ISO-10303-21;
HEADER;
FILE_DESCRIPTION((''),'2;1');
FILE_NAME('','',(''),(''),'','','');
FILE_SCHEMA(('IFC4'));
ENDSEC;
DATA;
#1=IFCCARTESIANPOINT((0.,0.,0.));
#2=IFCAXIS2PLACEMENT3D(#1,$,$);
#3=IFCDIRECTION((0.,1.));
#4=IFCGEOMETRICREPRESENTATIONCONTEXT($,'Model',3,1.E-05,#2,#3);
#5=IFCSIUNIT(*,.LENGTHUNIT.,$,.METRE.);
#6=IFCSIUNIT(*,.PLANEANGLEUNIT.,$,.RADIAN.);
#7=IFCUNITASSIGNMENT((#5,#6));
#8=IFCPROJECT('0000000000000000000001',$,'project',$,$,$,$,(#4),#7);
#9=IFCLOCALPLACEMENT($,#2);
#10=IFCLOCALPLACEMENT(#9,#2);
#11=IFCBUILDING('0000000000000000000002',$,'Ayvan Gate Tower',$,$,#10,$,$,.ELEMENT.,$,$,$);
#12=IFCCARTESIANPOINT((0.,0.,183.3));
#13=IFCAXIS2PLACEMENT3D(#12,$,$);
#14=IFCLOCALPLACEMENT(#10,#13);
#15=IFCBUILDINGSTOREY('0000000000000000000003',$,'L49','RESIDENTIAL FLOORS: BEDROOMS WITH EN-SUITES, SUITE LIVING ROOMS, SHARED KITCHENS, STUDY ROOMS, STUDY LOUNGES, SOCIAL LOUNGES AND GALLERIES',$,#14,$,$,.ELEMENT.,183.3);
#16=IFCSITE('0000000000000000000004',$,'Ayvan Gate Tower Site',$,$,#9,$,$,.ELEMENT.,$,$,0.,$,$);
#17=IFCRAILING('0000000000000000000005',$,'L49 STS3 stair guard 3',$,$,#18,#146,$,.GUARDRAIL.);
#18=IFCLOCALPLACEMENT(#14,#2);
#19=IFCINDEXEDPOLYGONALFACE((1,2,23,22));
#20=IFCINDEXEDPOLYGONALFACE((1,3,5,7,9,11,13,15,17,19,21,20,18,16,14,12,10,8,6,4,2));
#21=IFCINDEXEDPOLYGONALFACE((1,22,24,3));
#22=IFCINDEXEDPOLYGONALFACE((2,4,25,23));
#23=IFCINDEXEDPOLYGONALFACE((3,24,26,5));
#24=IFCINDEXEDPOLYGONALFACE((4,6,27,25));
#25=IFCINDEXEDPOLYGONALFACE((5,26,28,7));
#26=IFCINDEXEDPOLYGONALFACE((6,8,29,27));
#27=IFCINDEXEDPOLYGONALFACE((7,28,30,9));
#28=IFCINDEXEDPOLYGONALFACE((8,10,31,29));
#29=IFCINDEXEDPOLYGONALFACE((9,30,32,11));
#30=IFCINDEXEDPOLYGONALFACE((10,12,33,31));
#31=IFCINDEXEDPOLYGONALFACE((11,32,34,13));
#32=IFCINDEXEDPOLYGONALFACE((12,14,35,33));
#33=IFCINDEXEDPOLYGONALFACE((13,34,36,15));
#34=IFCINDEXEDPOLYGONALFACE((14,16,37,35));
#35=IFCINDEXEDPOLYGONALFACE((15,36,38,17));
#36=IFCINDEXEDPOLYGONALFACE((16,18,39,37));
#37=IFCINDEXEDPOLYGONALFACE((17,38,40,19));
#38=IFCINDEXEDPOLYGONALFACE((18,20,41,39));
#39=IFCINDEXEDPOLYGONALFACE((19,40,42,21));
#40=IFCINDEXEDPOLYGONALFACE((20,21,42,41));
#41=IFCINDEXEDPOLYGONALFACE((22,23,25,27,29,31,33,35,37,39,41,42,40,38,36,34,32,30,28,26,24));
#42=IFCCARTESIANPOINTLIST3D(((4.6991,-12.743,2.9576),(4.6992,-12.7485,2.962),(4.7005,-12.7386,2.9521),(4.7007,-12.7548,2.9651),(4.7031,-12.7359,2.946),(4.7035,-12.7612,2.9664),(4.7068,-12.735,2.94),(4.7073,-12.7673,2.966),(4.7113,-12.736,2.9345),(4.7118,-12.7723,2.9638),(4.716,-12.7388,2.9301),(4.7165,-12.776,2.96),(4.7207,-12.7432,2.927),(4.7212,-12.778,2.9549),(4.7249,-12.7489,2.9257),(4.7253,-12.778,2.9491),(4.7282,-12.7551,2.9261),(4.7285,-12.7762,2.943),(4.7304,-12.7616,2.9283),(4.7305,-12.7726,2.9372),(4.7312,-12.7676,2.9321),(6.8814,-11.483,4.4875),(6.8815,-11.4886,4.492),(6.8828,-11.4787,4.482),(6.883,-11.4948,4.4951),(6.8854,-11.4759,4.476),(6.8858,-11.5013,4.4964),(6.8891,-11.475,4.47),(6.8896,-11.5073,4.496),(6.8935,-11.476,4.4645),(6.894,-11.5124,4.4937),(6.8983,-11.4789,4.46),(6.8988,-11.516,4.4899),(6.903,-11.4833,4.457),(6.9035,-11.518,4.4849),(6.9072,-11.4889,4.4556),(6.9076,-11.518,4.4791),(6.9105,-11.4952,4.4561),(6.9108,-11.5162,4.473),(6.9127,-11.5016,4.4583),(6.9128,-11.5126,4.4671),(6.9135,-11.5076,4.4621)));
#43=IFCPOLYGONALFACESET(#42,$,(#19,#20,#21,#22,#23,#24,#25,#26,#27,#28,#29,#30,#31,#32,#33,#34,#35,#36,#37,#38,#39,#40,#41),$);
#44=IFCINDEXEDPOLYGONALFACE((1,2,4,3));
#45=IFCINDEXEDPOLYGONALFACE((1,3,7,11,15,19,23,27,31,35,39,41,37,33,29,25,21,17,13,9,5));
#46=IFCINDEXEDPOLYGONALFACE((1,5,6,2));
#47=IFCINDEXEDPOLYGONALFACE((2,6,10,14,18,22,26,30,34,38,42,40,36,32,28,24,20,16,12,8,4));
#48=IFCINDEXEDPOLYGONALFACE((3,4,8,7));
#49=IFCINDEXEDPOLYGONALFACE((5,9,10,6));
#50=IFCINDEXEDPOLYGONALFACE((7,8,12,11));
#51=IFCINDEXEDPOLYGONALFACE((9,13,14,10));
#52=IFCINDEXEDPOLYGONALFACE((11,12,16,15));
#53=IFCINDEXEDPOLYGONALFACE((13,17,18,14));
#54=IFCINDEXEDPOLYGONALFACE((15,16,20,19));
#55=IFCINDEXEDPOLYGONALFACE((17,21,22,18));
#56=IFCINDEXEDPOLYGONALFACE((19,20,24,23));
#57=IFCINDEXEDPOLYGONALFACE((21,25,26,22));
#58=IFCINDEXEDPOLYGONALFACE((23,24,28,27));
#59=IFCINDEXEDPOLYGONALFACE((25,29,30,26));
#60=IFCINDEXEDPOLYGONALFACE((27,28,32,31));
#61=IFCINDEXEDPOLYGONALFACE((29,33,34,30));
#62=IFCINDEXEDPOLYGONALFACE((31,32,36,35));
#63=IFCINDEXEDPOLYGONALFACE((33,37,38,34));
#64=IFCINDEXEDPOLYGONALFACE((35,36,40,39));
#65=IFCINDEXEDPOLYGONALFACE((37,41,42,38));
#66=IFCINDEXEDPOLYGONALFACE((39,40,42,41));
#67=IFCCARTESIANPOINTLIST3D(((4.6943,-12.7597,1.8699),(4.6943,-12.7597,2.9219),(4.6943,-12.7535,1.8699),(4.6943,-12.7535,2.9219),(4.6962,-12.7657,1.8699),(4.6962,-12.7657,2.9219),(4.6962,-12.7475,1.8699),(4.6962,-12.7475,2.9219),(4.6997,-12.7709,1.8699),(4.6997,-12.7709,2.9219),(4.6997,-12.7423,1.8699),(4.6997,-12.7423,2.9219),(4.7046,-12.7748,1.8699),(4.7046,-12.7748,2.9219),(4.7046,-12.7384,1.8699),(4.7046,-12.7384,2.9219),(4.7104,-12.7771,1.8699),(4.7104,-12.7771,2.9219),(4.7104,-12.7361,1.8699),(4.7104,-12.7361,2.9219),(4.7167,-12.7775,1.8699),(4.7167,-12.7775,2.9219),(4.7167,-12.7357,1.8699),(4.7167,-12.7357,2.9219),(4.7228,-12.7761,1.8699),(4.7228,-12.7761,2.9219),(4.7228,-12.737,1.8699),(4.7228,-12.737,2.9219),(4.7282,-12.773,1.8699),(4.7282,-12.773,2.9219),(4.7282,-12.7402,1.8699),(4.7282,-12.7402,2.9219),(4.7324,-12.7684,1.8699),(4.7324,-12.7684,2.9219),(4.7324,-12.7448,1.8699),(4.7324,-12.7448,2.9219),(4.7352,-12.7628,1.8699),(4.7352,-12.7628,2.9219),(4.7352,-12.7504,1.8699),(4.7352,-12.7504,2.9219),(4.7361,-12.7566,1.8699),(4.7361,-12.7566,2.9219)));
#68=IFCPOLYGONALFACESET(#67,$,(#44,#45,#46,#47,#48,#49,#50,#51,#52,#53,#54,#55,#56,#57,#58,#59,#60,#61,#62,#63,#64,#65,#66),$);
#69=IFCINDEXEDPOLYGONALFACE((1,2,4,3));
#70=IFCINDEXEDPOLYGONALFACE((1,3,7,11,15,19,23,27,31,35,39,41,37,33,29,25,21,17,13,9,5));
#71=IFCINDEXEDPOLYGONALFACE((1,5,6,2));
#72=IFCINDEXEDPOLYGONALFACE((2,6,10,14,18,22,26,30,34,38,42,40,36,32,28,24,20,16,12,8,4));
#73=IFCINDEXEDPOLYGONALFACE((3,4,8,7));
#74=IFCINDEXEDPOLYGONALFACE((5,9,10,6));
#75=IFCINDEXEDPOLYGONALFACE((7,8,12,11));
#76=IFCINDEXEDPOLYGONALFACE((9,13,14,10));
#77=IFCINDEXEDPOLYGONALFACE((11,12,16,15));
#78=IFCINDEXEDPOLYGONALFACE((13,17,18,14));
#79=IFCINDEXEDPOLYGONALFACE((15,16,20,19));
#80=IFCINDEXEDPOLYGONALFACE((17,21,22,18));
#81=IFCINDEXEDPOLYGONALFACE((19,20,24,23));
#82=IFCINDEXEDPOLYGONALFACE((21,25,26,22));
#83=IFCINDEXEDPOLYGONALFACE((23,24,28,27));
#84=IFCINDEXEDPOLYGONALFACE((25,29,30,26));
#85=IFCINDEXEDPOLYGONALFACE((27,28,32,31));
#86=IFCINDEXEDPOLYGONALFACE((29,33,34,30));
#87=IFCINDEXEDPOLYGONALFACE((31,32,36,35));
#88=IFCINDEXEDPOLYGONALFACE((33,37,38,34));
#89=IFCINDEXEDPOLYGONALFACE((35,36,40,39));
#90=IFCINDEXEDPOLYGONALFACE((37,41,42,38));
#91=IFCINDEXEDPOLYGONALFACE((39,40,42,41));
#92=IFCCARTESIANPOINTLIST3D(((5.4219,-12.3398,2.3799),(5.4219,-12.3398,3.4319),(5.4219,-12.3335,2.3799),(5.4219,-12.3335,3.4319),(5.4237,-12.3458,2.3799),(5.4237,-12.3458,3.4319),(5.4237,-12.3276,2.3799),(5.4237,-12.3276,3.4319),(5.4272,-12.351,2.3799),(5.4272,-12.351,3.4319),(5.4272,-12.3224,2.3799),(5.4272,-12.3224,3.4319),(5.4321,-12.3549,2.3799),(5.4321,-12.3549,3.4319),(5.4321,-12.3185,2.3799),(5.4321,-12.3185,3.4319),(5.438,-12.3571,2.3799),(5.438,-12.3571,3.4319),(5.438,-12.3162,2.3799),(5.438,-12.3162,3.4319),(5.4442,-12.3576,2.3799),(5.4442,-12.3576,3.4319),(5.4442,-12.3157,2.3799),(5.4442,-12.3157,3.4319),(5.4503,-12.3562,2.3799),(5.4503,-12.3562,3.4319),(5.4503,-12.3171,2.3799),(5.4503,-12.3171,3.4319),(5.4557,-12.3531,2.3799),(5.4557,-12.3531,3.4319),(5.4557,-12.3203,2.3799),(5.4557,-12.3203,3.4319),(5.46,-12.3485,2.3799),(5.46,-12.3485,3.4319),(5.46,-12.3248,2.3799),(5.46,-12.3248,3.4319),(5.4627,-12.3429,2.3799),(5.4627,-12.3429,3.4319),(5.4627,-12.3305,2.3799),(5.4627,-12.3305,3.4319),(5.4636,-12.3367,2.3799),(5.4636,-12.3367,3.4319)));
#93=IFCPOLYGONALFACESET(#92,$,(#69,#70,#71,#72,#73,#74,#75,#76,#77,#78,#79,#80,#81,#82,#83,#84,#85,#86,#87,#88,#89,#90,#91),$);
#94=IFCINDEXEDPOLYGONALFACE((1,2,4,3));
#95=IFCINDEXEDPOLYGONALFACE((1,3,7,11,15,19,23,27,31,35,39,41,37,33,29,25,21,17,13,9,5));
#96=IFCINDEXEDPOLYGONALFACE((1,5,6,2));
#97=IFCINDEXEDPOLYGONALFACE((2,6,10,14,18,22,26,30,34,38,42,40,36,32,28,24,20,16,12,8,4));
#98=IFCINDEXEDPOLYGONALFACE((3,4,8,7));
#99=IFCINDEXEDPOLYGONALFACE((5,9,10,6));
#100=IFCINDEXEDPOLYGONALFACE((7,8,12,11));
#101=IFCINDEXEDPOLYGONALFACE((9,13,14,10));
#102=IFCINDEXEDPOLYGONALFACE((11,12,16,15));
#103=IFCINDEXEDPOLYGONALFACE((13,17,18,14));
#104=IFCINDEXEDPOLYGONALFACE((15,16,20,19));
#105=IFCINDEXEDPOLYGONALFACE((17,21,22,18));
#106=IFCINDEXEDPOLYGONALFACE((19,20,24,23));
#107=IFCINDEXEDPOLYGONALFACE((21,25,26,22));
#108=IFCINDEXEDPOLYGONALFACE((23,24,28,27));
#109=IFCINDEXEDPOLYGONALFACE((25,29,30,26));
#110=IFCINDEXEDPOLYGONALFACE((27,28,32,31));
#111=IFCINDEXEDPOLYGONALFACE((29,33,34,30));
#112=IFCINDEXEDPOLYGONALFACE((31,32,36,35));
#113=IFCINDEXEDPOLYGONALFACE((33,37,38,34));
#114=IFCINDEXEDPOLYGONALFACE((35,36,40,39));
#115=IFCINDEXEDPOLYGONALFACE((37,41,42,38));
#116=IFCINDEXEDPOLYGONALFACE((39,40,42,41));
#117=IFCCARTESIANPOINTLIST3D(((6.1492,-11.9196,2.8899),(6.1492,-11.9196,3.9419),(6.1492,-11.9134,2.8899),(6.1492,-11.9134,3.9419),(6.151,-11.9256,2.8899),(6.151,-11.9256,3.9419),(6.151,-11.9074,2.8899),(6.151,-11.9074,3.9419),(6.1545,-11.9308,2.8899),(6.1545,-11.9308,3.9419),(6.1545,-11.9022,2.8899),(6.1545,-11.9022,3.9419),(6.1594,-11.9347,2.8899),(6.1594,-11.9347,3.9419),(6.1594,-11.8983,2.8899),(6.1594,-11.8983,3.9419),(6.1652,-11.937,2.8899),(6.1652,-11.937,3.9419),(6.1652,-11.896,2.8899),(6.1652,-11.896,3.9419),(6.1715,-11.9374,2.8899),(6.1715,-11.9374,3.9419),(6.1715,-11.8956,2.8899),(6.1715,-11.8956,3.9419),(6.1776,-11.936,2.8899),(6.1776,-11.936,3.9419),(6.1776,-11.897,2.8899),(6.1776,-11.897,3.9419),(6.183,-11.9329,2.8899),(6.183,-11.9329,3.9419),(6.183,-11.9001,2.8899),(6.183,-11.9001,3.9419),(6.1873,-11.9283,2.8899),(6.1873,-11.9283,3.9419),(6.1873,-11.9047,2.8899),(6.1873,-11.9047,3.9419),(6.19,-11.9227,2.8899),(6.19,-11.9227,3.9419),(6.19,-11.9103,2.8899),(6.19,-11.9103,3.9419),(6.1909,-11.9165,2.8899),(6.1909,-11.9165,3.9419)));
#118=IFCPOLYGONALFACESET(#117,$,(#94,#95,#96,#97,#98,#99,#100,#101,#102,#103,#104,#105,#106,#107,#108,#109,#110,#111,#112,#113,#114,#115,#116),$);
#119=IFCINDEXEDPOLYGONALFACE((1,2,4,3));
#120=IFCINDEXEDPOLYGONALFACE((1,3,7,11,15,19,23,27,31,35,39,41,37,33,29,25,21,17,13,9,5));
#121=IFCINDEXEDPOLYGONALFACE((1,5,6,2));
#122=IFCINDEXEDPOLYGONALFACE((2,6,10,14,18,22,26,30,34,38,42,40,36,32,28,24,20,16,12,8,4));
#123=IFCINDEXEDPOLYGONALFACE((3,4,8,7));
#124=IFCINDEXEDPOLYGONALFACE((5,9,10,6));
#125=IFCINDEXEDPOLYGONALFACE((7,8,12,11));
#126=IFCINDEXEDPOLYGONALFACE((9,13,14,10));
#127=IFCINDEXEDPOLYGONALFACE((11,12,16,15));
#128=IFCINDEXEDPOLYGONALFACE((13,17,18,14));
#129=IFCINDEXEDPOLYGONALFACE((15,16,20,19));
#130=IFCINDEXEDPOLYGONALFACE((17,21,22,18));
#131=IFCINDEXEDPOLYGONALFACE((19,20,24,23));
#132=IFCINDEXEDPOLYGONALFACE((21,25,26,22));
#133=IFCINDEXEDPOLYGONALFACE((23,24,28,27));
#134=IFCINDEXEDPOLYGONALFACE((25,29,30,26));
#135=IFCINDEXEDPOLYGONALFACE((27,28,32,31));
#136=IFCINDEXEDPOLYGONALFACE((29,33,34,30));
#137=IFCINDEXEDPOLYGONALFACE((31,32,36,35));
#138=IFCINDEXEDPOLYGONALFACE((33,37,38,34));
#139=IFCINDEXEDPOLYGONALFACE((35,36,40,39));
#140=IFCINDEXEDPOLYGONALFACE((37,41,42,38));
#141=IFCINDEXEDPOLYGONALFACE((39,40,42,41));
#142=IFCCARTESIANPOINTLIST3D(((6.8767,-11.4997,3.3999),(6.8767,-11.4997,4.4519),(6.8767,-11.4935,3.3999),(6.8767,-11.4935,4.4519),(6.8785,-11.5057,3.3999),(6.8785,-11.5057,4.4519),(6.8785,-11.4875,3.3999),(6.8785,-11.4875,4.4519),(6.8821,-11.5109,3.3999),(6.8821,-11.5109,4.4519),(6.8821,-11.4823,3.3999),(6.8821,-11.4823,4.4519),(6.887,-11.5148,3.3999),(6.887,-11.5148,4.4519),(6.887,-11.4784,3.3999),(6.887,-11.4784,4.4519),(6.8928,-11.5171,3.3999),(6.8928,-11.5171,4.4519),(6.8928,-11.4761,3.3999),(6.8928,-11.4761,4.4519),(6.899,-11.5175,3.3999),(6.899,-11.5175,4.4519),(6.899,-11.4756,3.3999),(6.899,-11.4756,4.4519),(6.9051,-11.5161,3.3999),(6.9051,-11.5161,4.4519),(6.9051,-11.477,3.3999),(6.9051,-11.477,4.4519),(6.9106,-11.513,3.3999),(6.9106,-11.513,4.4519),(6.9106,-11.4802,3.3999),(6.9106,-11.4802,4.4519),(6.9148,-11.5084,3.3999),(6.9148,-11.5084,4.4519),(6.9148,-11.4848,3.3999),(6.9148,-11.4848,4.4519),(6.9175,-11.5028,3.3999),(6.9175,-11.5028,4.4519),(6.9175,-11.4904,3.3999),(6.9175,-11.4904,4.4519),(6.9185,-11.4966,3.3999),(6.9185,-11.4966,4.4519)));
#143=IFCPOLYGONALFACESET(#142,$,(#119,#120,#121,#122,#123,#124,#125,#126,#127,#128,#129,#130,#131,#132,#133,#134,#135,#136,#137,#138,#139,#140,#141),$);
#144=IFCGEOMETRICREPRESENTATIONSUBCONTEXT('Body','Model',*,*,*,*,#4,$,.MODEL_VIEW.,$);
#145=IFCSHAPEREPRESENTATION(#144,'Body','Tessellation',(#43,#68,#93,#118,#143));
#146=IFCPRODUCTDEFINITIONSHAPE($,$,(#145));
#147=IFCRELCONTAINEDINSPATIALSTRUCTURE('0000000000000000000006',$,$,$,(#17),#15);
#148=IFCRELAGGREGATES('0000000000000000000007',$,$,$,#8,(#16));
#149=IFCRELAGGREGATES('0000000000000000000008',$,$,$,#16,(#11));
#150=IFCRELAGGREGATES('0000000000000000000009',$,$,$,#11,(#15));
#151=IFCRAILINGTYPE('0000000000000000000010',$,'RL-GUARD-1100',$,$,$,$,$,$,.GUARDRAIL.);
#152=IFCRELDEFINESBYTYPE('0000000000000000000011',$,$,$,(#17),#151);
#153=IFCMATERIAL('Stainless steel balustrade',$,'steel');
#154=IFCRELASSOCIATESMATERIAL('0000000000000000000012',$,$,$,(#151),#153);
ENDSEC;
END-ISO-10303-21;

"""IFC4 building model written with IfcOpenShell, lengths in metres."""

from ifc_helpers import new_model, si_unit, direction, frame, origin, origin_2d, place, context, subcontext, project, spatial, circle, extrude, material, type_object, element, save


model = new_model("IFC4")

# Units and contexts
model_context = context("Model", 3, precision=1e-05, world=origin(), true_north=direction((0.0, 1.0)))
body_context = subcontext(model_context, "Body", "Model", "MODEL_VIEW")
ifc_project = project(units=[si_unit("LENGTHUNIT", "METRE"), si_unit("PLANEANGLEUNIT", "RADIAN")], contexts=[model_context])

# Site, building, storey
site_placement = place(None, origin())
site = spatial("IfcSite", under=ifc_project, at=site_placement, Name="Ayvan Gate Tower Site", CompositionType="ELEMENT", RefElevation=0.0)
building_placement = place(site_placement, origin())
building = spatial("IfcBuilding", under=site, at=building_placement, Name="Ayvan Gate Tower", CompositionType="ELEMENT")
storey_placement = place(building_placement, frame((0.0, 0.0, 183.3)))
storey = spatial("IfcBuildingStorey", under=building, at=storey_placement, Name="L49", Description="RESIDENTIAL FLOORS: BEDROOMS WITH EN-SUITES, SUITE LIVING ROOMS, SHARED KITCHENS, STUDY ROOMS, STUDY LOUNGES, SOCIAL LOUNGES AND GALLERIES", CompositionType="ELEMENT", Elevation=183.3)

# Railing
ifc_material_1 = material(Name="Stainless steel balustrade", Category="steel")
railing_type_1 = type_object("IfcRailingType", Name="RL-GUARD-1100", PredefinedType="GUARDRAIL", material=ifc_material_1)
railing_1_placement = place(storey_placement, frame((4.7151, -12.7566, 1.8699)))
element("IfcRailing", 1, at=railing_1_placement, inside=storey, type_object=railing_type_1, Name="L49 STS3 stair guard 3", PredefinedType="GUARDRAIL", context=body_context, shape_type="SweptSolid", body=[
    extrude(circle(Radius=0.0239, at=origin_2d()), frame((0.0, 0.0, 1.0762), z_axis=(0.740261, 0.427395, 0.518986), x_axis=(-0.500005, 0.866023, 0.0)), (0.0, 0.0, 1.0), 2.948),
    extrude(circle(Radius=0.021, at=origin_2d()), origin(), (0.0, 0.0, 1.0), 1.052),
    extrude(circle(Radius=0.021, at=origin_2d()), frame((0.7275, 0.4199, 0.51)), (0.0, 0.0, 1.0), 1.052),
    extrude(circle(Radius=0.021, at=origin_2d()), frame((1.4548, 0.8401, 1.02)), (0.0, 0.0, 1.0), 1.052),
    extrude(circle(Radius=0.021, at=origin_2d()), frame((2.1824, 1.26, 1.53)), (0.0, 0.0, 1.0), 1.052),
])

save(model, "model.ifc")
